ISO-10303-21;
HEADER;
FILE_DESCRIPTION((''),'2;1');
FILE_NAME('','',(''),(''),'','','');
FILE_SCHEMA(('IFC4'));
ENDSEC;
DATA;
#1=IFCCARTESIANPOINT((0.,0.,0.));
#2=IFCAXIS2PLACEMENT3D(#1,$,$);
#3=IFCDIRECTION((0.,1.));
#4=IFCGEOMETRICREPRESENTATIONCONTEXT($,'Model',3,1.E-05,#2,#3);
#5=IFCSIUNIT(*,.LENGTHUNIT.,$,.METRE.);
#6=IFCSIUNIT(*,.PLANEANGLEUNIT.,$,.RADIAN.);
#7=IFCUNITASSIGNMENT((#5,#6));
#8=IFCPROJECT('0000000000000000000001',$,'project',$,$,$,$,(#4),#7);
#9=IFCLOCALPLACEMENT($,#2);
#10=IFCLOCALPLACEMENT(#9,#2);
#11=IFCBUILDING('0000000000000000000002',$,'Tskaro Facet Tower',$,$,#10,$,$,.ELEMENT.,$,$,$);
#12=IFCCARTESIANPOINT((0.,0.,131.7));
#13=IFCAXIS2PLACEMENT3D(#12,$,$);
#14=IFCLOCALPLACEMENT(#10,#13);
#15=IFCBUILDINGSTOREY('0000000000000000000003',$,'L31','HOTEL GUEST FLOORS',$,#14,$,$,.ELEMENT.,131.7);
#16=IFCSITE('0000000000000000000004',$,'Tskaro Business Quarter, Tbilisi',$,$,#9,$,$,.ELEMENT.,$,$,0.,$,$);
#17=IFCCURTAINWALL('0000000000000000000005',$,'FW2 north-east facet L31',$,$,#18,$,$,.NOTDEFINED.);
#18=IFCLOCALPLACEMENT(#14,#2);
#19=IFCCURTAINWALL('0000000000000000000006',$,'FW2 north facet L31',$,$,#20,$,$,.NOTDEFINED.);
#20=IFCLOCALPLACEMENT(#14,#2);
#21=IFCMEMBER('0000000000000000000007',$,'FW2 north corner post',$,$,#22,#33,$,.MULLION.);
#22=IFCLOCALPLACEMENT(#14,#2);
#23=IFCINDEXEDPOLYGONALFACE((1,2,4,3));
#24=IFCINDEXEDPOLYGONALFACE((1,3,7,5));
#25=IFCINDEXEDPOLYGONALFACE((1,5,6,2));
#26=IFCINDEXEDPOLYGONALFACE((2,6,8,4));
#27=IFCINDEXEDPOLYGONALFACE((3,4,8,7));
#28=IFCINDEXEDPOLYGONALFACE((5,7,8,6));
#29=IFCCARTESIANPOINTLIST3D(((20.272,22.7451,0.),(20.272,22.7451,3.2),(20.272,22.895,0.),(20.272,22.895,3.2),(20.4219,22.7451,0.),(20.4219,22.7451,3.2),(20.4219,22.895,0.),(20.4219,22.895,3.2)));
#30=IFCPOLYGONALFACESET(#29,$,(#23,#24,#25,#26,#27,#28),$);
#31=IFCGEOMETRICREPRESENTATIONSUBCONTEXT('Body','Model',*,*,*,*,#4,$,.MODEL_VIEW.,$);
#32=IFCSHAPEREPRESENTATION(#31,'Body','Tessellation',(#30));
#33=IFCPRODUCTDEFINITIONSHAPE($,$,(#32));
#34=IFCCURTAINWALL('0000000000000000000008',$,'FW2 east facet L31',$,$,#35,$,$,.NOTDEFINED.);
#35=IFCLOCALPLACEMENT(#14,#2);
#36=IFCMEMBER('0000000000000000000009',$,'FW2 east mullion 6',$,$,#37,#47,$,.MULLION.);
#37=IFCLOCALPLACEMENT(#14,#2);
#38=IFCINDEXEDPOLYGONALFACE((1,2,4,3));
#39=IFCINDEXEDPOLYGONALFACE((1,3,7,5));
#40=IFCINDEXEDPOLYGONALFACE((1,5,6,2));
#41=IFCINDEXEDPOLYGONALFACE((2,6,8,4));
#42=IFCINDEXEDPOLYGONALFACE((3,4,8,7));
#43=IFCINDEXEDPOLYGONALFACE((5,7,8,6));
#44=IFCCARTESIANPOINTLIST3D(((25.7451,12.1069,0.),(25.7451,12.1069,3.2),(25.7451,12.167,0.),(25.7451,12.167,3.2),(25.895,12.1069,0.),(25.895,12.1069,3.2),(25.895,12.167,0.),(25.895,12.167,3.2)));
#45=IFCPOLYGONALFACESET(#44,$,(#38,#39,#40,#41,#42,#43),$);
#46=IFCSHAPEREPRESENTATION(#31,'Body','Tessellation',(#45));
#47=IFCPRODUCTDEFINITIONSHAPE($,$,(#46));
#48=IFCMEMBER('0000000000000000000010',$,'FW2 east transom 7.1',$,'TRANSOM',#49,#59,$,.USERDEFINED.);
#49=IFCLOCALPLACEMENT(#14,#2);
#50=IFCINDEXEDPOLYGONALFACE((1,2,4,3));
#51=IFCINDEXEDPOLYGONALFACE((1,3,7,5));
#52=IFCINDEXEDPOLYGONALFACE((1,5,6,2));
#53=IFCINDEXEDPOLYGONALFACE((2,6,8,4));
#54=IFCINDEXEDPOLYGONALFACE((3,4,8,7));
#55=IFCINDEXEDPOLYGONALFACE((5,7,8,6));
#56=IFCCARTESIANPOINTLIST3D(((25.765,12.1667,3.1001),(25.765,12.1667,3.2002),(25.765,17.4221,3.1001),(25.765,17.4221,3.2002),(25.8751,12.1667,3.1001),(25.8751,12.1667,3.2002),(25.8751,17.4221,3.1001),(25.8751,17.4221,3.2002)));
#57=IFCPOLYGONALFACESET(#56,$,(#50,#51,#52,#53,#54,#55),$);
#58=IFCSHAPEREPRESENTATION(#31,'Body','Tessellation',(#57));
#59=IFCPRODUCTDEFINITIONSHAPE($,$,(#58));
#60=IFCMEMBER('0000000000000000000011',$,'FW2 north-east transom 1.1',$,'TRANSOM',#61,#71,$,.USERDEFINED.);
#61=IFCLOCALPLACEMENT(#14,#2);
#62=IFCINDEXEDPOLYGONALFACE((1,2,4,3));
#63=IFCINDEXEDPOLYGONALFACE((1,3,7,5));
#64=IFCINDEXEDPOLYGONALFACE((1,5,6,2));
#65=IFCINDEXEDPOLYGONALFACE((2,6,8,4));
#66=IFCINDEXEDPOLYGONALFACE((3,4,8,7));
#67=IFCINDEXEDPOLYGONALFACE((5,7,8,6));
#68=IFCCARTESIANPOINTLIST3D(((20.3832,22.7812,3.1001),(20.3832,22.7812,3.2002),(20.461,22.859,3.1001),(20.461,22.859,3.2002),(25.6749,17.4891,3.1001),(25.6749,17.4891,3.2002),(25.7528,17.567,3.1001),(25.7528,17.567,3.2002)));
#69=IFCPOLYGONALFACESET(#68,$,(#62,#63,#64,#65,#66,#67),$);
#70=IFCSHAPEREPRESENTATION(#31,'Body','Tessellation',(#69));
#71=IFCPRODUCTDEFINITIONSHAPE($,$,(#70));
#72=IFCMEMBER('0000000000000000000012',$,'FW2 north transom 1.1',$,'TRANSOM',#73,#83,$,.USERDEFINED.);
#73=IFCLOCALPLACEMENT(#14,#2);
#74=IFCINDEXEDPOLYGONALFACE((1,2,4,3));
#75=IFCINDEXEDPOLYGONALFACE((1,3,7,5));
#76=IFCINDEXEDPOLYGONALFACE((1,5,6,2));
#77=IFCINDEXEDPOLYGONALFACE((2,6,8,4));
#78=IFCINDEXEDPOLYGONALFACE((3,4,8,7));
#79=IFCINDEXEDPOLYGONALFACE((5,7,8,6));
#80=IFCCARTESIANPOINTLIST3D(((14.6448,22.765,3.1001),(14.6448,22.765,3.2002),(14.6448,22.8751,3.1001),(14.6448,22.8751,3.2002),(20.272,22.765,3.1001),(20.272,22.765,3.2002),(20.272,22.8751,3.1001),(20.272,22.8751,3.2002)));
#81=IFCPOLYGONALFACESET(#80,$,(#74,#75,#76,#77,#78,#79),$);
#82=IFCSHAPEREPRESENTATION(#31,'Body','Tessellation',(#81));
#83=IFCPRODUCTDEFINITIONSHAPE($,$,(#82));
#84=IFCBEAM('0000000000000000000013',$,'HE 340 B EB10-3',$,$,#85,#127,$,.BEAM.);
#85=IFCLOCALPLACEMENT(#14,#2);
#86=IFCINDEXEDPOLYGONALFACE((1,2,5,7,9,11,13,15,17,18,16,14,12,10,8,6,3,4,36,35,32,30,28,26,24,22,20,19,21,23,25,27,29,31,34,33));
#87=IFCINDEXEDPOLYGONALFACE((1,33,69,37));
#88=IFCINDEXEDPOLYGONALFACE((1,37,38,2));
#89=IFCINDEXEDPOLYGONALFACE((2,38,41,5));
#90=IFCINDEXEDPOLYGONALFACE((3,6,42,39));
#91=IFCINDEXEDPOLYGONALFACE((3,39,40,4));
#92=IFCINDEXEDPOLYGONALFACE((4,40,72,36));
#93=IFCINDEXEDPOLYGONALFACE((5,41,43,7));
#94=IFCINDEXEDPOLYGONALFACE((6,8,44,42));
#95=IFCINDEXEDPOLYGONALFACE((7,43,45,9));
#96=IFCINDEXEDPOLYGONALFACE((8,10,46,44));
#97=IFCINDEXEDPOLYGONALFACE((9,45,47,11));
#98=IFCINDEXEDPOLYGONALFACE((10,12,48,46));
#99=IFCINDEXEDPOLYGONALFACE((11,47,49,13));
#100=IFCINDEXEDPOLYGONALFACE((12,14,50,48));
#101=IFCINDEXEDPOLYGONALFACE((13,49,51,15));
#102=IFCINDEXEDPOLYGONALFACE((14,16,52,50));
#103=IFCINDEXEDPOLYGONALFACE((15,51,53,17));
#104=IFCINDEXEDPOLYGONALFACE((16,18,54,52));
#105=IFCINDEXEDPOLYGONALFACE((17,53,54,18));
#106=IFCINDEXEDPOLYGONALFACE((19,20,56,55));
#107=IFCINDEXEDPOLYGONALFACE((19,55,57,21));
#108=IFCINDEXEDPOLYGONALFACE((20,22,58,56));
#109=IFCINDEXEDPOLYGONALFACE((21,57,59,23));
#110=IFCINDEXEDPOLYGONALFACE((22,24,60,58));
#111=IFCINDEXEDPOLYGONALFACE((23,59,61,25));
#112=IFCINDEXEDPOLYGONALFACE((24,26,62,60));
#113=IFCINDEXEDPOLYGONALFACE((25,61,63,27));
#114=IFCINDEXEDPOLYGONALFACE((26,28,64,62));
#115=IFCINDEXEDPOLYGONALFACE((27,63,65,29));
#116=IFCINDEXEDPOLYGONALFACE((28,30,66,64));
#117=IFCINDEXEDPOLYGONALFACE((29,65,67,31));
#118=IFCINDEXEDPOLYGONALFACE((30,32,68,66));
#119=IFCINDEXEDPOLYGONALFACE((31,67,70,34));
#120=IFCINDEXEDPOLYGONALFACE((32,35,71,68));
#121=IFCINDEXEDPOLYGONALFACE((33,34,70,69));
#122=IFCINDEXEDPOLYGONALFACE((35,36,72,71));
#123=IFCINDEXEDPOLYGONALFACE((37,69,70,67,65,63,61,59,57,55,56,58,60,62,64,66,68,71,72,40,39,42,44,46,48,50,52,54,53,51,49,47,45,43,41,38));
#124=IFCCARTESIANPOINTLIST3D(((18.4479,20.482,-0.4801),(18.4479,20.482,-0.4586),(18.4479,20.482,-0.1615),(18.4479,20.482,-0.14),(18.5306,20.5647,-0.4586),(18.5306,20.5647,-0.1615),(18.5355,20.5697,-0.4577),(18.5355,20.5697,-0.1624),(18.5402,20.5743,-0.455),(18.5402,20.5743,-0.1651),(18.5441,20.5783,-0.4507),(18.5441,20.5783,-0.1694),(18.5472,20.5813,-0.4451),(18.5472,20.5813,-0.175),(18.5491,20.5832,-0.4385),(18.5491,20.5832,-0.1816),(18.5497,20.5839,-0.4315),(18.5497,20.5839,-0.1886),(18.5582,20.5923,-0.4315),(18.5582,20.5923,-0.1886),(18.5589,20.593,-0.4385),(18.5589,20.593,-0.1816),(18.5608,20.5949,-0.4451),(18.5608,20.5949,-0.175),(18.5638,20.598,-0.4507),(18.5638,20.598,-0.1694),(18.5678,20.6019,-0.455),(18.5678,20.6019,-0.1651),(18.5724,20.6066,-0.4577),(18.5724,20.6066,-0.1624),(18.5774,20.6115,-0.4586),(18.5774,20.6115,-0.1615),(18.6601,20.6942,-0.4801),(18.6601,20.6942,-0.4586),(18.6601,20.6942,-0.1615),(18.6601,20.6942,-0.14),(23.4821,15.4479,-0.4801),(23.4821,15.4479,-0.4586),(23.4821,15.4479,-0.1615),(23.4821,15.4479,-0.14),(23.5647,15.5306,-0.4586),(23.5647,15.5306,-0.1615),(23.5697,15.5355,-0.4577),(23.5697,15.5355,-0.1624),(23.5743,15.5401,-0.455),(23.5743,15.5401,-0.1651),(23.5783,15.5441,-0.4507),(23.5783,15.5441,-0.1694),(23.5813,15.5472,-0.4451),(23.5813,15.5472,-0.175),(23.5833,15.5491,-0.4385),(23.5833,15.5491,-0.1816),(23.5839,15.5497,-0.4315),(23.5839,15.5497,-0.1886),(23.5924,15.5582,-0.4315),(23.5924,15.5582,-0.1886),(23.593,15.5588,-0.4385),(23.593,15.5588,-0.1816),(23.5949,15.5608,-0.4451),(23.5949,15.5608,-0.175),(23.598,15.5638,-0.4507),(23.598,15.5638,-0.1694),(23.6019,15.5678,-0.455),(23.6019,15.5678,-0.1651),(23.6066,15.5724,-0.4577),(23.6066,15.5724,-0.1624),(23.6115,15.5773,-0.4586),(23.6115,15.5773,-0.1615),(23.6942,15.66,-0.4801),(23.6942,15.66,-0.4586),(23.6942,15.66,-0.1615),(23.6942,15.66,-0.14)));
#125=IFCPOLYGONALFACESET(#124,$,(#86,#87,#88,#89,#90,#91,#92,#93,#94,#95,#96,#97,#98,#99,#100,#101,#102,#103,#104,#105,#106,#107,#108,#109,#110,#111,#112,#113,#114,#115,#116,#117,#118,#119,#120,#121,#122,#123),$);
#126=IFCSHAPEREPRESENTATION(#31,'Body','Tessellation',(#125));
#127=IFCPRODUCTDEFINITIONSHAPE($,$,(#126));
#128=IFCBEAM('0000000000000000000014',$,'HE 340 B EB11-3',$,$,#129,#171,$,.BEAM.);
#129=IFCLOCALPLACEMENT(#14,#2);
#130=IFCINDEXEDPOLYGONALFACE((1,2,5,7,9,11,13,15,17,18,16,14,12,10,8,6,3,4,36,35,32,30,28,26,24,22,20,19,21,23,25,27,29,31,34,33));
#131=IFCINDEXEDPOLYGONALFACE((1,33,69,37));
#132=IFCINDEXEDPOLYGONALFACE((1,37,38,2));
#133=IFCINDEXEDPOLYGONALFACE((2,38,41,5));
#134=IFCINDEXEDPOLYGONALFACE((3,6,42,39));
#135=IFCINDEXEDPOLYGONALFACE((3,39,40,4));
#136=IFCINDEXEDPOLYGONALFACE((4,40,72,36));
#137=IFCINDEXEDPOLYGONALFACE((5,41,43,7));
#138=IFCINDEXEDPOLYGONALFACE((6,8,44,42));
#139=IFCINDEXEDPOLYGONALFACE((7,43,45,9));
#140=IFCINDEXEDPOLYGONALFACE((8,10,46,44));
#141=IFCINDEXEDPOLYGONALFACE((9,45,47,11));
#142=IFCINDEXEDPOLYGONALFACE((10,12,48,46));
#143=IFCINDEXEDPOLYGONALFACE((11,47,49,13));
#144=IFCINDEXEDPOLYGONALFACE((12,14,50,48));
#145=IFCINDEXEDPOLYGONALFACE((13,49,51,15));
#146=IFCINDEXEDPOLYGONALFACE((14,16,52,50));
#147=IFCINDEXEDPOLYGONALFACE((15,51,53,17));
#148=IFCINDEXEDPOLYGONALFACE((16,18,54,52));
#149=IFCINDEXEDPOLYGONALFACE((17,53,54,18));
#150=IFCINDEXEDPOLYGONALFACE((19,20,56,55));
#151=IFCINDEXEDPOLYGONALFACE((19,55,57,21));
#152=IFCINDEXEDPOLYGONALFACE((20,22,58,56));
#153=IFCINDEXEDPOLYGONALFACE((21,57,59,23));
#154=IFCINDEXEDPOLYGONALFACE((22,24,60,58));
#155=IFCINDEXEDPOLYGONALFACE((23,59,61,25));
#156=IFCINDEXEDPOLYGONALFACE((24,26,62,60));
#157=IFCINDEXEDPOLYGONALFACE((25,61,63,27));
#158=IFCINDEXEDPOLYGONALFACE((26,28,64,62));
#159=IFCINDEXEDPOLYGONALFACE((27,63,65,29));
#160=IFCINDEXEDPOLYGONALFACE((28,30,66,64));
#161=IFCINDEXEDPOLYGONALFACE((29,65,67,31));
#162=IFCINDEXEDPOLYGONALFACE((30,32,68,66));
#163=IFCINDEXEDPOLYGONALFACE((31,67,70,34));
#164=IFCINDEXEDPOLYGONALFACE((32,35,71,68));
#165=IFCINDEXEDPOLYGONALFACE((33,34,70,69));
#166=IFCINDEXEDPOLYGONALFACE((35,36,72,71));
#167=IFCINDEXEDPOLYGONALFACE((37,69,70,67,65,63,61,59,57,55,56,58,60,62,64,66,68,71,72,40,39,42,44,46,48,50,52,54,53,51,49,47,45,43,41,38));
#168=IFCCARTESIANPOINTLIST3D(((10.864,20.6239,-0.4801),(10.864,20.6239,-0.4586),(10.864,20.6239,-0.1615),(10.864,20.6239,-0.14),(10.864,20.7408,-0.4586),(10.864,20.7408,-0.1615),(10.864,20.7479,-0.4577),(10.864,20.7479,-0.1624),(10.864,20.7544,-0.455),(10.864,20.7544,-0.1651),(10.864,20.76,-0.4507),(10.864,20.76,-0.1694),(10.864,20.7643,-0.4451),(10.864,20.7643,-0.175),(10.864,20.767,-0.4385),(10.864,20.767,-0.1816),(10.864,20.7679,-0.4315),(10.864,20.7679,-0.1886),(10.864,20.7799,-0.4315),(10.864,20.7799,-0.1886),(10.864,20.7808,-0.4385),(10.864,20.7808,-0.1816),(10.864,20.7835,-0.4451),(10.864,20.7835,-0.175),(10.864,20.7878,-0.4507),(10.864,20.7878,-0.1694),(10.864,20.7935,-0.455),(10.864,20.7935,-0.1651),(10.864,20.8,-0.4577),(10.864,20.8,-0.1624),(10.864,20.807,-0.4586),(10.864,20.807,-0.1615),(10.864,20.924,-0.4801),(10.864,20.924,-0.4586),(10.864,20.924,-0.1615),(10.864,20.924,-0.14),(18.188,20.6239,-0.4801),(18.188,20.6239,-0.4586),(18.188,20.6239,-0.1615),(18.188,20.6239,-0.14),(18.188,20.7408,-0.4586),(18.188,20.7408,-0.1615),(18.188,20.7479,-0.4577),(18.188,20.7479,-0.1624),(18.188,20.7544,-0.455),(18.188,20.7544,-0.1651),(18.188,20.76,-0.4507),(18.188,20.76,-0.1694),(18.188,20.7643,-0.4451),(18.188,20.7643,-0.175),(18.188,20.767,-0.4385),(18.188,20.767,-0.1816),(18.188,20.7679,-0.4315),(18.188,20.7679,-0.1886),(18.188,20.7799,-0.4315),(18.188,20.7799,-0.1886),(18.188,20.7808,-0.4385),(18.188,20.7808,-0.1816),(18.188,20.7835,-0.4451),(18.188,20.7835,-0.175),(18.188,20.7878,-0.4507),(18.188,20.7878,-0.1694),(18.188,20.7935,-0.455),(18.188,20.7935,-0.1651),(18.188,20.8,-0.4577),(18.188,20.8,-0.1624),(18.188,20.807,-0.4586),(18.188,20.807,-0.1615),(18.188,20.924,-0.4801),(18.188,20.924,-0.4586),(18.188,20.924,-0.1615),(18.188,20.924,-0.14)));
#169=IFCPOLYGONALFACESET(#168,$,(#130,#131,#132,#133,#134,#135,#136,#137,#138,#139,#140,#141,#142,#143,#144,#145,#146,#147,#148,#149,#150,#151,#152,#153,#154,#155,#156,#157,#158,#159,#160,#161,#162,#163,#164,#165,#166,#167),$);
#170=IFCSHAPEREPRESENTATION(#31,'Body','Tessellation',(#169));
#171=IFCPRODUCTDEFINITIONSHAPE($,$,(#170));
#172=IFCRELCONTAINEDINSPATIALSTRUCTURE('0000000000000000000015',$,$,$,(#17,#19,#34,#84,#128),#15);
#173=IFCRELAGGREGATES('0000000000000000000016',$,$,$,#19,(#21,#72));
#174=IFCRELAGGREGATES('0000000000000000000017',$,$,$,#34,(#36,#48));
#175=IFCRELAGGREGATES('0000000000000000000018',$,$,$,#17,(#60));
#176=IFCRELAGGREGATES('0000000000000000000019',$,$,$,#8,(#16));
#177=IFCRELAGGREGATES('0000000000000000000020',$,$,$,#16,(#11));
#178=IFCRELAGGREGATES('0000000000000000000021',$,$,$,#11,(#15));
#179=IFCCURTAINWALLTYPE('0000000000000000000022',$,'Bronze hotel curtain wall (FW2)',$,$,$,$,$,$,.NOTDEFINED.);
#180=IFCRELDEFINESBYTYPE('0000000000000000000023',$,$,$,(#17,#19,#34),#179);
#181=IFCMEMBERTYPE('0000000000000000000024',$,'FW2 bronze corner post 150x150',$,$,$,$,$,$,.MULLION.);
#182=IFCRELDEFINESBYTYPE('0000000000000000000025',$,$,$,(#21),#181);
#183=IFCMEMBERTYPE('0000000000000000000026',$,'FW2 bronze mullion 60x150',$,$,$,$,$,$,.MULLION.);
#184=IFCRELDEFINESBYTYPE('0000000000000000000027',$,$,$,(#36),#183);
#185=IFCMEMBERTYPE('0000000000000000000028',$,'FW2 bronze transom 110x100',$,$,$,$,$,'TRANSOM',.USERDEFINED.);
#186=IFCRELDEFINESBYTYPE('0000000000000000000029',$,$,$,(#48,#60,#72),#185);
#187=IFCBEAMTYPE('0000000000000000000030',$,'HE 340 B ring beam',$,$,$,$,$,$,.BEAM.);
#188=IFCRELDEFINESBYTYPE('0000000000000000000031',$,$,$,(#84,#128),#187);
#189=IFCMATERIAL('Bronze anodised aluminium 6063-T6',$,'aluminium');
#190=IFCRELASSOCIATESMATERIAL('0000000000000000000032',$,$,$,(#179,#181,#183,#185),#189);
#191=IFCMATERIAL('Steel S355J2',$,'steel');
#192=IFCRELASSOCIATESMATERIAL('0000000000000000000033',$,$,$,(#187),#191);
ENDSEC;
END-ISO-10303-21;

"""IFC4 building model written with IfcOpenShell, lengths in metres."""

from ifc_helpers import new_model, si_unit, direction, frame, origin, origin_2d, place, context, subcontext, project, spatial, rectangle, i_section, extrude, material, material_profile, profile_set, type_object, element, aggregate, save


model = new_model("IFC4")

# Units and contexts
model_context = context("Model", 3, precision=1e-05, world=origin(), true_north=direction((0.0, 1.0)))
body_context = subcontext(model_context, "Body", "Model", "MODEL_VIEW")
ifc_project = project(units=[si_unit("LENGTHUNIT", "METRE"), si_unit("PLANEANGLEUNIT", "RADIAN")], contexts=[model_context])

# Site, building, storey
site_placement = place(None, origin())
site = spatial("IfcSite", under=ifc_project, at=site_placement, Name="Tskaro Business Quarter, Tbilisi", CompositionType="ELEMENT", RefElevation=0.0)
building_placement = place(site_placement, origin())
building = spatial("IfcBuilding", under=site, at=building_placement, Name="Tskaro Facet Tower", CompositionType="ELEMENT")
storey_placement = place(building_placement, frame((0.0, 0.0, 131.7)))
storey = spatial("IfcBuildingStorey", under=building, at=storey_placement, Name="L31", Description="HOTEL GUEST FLOORS", CompositionType="ELEMENT", Elevation=131.7)

# Curtain walls, member
ifc_material_1 = material(Name="Bronze anodised aluminium 6063-T6", Category="aluminium")
curtain_wall_type = type_object("IfcCurtainWallType", Name="Bronze hotel curtain wall (FW2)", PredefinedType="NOTDEFINED", material=ifc_material_1)
curtain_wall_1_placement = place(storey_placement, origin())
curtain_wall_1 = element("IfcCurtainWall", 1, at=curtain_wall_1_placement, inside=storey, type_object=curtain_wall_type, Name="FW2 north-east facet L31", PredefinedType="NOTDEFINED")
ifc_material_profile_1 = material_profile(ifc_material_1, rectangle(XDim=0.1499, YDim=0.1499, at=origin_2d()), Name="Corner post 150x150")
ifc_profile_set_1 = profile_set([ifc_material_profile_1], Name="Bronze anodised aluminium 6063-T6")
member_type_1 = type_object("IfcMemberType", Name="FW2 bronze corner post 150x150", PredefinedType="MULLION", material=ifc_profile_set_1)
curtain_wall_2_placement = place(storey_placement, origin())
curtain_wall_2 = element("IfcCurtainWall", 2, at=curtain_wall_2_placement, inside=storey, type_object=curtain_wall_type, Name="FW2 north facet L31", PredefinedType="NOTDEFINED")
member_1_placement = place(storey_placement, frame((20.3469, 22.8201, 0.0), z_axis=(0.0, 0.0, 1.0), x_axis=(-1.0, 0.0, 0.0)))
member_1 = element("IfcMember", 3, at=member_1_placement, type_object=member_type_1, Name="FW2 north corner post", PredefinedType="MULLION", context=body_context, shape_type="SweptSolid", body=[
    extrude(rectangle(XDim=0.1499, YDim=0.1499, at=origin_2d()), origin(), (0.0, 0.0, 1.0), 3.2),
])

# Curtain wall, members
curtain_wall_3_placement = place(storey_placement, origin())
curtain_wall_3 = element("IfcCurtainWall", 4, at=curtain_wall_3_placement, inside=storey, type_object=curtain_wall_type, Name="FW2 east facet L31", PredefinedType="NOTDEFINED")
ifc_material_profile_2 = material_profile(ifc_material_1, rectangle(XDim=0.0601, YDim=0.1499, at=origin_2d()), Name="Mullion 60x150")
ifc_profile_set_2 = profile_set([ifc_material_profile_2], Name="Bronze anodised aluminium 6063-T6")
member_type_2 = type_object("IfcMemberType", Name="FW2 bronze mullion 60x150", PredefinedType="MULLION", material=ifc_profile_set_2)
member_2_placement = place(storey_placement, frame((25.8201, 12.137, 0.0), z_axis=(0.0, 0.0, 1.0), x_axis=(0.0, 1.0, 0.0)))
member_2 = element("IfcMember", 5, at=member_2_placement, type_object=member_type_2, Name="FW2 east mullion 6", PredefinedType="MULLION", context=body_context, shape_type="SweptSolid", body=[
    extrude(rectangle(XDim=0.0601, YDim=0.1499, at=origin_2d()), origin(), (0.0, 0.0, 1.0), 3.2),
])
ifc_material_profile_3 = material_profile(ifc_material_1, rectangle(XDim=0.1101, YDim=0.1001, at=origin_2d()), Name="Transom 110x100")
ifc_profile_set_3 = profile_set([ifc_material_profile_3], Name="Bronze anodised aluminium 6063-T6")
member_type_3 = type_object("IfcMemberType", Name="FW2 bronze transom 110x100", ElementType="TRANSOM", PredefinedType="USERDEFINED", material=ifc_profile_set_3)
member_3_placement = place(storey_placement, frame((25.8201, 12.1667, 3.1501), z_axis=(0.0, 1.0, 0.0), x_axis=(-1.0, 0.0, 0.0)))
member_3 = element("IfcMember", 6, at=member_3_placement, type_object=member_type_3, Name="FW2 east transom 7.1", ObjectType="TRANSOM", PredefinedType="USERDEFINED", context=body_context, shape_type="SweptSolid", body=[
    extrude(rectangle(XDim=0.1101, YDim=0.1001, at=origin_2d()), origin(), (0.0, 0.0, 1.0), 5.2554),
])

# Members
member_4_placement = place(storey_placement, frame((25.7139, 17.5281, 3.1501), z_axis=(-0.70709, 0.707123, 0.0), x_axis=(-0.707123, -0.70709, 0.0)))
member_4 = element("IfcMember", 7, at=member_4_placement, type_object=member_type_3, Name="FW2 north-east transom 1.1", ObjectType="TRANSOM", PredefinedType="USERDEFINED", context=body_context, shape_type="SweptSolid", body=[
    extrude(rectangle(XDim=0.1101, YDim=0.1001, at=origin_2d()), origin(), (0.0, 0.0, 1.0), 7.4839),
])
member_5_placement = place(storey_placement, frame((20.272, 22.8201, 3.1501), z_axis=(-1.0, 0.0, 0.0), x_axis=(0.0, -1.0, 0.0)))
member_5 = element("IfcMember", 8, at=member_5_placement, type_object=member_type_3, Name="FW2 north transom 1.1", ObjectType="TRANSOM", PredefinedType="USERDEFINED", context=body_context, shape_type="SweptSolid", body=[
    extrude(rectangle(XDim=0.1101, YDim=0.1001, at=origin_2d()), origin(), (0.0, 0.0, 1.0), 5.6272),
])
aggregate(curtain_wall_2, [member_1, member_5])

# Beams
ifc_material_2 = material(Name="Steel S355J2", Category="steel")
ifc_material_profile_4 = material_profile(ifc_material_2, i_section(OverallWidth=0.3, OverallDepth=0.3401, WebThickness=0.012, FlangeThickness=0.0215, FilletRadius=0.0271, at=origin_2d()), Name="HE 340 B")
ifc_profile_set_4 = profile_set([ifc_material_profile_4], Name="Steel S355J2")
beam_type_1 = type_object("IfcBeamType", Name="HE 340 B ring beam", PredefinedType="BEAM", material=ifc_profile_set_4)
beam_1_placement = place(storey_placement, frame((23.5881, 15.554, -0.3101), z_axis=(-0.707107, 0.707107, 0.0), x_axis=(-0.707107, -0.707107, 0.0)))
element("IfcBeam", 9, at=beam_1_placement, inside=storey, type_object=beam_type_1, Name="HE 340 B EB10-3", PredefinedType="BEAM", context=body_context, shape_type="SweptSolid", body=[
    extrude(i_section(OverallWidth=0.3, OverallDepth=0.3401, WebThickness=0.012, FlangeThickness=0.0215, FilletRadius=0.0271, at=origin_2d()), origin(), (0.0, 0.0, 1.0), 7.1194),
])
beam_2_placement = place(storey_placement, frame((18.188, 20.7739, -0.3101), z_axis=(-1.0, 0.0, 0.0), x_axis=(0.0, -1.0, 0.0)))
element("IfcBeam", 10, at=beam_2_placement, inside=storey, type_object=beam_type_1, Name="HE 340 B EB11-3", PredefinedType="BEAM", context=body_context, shape_type="SweptSolid", body=[
    extrude(i_section(OverallWidth=0.3, OverallDepth=0.3401, WebThickness=0.012, FlangeThickness=0.0215, FilletRadius=0.0271, at=origin_2d()), origin(), (0.0, 0.0, 1.0), 7.324),
])

aggregate(curtain_wall_3, [member_2, member_3])
aggregate(curtain_wall_1, [member_4])

save(model, "model.ifc")
